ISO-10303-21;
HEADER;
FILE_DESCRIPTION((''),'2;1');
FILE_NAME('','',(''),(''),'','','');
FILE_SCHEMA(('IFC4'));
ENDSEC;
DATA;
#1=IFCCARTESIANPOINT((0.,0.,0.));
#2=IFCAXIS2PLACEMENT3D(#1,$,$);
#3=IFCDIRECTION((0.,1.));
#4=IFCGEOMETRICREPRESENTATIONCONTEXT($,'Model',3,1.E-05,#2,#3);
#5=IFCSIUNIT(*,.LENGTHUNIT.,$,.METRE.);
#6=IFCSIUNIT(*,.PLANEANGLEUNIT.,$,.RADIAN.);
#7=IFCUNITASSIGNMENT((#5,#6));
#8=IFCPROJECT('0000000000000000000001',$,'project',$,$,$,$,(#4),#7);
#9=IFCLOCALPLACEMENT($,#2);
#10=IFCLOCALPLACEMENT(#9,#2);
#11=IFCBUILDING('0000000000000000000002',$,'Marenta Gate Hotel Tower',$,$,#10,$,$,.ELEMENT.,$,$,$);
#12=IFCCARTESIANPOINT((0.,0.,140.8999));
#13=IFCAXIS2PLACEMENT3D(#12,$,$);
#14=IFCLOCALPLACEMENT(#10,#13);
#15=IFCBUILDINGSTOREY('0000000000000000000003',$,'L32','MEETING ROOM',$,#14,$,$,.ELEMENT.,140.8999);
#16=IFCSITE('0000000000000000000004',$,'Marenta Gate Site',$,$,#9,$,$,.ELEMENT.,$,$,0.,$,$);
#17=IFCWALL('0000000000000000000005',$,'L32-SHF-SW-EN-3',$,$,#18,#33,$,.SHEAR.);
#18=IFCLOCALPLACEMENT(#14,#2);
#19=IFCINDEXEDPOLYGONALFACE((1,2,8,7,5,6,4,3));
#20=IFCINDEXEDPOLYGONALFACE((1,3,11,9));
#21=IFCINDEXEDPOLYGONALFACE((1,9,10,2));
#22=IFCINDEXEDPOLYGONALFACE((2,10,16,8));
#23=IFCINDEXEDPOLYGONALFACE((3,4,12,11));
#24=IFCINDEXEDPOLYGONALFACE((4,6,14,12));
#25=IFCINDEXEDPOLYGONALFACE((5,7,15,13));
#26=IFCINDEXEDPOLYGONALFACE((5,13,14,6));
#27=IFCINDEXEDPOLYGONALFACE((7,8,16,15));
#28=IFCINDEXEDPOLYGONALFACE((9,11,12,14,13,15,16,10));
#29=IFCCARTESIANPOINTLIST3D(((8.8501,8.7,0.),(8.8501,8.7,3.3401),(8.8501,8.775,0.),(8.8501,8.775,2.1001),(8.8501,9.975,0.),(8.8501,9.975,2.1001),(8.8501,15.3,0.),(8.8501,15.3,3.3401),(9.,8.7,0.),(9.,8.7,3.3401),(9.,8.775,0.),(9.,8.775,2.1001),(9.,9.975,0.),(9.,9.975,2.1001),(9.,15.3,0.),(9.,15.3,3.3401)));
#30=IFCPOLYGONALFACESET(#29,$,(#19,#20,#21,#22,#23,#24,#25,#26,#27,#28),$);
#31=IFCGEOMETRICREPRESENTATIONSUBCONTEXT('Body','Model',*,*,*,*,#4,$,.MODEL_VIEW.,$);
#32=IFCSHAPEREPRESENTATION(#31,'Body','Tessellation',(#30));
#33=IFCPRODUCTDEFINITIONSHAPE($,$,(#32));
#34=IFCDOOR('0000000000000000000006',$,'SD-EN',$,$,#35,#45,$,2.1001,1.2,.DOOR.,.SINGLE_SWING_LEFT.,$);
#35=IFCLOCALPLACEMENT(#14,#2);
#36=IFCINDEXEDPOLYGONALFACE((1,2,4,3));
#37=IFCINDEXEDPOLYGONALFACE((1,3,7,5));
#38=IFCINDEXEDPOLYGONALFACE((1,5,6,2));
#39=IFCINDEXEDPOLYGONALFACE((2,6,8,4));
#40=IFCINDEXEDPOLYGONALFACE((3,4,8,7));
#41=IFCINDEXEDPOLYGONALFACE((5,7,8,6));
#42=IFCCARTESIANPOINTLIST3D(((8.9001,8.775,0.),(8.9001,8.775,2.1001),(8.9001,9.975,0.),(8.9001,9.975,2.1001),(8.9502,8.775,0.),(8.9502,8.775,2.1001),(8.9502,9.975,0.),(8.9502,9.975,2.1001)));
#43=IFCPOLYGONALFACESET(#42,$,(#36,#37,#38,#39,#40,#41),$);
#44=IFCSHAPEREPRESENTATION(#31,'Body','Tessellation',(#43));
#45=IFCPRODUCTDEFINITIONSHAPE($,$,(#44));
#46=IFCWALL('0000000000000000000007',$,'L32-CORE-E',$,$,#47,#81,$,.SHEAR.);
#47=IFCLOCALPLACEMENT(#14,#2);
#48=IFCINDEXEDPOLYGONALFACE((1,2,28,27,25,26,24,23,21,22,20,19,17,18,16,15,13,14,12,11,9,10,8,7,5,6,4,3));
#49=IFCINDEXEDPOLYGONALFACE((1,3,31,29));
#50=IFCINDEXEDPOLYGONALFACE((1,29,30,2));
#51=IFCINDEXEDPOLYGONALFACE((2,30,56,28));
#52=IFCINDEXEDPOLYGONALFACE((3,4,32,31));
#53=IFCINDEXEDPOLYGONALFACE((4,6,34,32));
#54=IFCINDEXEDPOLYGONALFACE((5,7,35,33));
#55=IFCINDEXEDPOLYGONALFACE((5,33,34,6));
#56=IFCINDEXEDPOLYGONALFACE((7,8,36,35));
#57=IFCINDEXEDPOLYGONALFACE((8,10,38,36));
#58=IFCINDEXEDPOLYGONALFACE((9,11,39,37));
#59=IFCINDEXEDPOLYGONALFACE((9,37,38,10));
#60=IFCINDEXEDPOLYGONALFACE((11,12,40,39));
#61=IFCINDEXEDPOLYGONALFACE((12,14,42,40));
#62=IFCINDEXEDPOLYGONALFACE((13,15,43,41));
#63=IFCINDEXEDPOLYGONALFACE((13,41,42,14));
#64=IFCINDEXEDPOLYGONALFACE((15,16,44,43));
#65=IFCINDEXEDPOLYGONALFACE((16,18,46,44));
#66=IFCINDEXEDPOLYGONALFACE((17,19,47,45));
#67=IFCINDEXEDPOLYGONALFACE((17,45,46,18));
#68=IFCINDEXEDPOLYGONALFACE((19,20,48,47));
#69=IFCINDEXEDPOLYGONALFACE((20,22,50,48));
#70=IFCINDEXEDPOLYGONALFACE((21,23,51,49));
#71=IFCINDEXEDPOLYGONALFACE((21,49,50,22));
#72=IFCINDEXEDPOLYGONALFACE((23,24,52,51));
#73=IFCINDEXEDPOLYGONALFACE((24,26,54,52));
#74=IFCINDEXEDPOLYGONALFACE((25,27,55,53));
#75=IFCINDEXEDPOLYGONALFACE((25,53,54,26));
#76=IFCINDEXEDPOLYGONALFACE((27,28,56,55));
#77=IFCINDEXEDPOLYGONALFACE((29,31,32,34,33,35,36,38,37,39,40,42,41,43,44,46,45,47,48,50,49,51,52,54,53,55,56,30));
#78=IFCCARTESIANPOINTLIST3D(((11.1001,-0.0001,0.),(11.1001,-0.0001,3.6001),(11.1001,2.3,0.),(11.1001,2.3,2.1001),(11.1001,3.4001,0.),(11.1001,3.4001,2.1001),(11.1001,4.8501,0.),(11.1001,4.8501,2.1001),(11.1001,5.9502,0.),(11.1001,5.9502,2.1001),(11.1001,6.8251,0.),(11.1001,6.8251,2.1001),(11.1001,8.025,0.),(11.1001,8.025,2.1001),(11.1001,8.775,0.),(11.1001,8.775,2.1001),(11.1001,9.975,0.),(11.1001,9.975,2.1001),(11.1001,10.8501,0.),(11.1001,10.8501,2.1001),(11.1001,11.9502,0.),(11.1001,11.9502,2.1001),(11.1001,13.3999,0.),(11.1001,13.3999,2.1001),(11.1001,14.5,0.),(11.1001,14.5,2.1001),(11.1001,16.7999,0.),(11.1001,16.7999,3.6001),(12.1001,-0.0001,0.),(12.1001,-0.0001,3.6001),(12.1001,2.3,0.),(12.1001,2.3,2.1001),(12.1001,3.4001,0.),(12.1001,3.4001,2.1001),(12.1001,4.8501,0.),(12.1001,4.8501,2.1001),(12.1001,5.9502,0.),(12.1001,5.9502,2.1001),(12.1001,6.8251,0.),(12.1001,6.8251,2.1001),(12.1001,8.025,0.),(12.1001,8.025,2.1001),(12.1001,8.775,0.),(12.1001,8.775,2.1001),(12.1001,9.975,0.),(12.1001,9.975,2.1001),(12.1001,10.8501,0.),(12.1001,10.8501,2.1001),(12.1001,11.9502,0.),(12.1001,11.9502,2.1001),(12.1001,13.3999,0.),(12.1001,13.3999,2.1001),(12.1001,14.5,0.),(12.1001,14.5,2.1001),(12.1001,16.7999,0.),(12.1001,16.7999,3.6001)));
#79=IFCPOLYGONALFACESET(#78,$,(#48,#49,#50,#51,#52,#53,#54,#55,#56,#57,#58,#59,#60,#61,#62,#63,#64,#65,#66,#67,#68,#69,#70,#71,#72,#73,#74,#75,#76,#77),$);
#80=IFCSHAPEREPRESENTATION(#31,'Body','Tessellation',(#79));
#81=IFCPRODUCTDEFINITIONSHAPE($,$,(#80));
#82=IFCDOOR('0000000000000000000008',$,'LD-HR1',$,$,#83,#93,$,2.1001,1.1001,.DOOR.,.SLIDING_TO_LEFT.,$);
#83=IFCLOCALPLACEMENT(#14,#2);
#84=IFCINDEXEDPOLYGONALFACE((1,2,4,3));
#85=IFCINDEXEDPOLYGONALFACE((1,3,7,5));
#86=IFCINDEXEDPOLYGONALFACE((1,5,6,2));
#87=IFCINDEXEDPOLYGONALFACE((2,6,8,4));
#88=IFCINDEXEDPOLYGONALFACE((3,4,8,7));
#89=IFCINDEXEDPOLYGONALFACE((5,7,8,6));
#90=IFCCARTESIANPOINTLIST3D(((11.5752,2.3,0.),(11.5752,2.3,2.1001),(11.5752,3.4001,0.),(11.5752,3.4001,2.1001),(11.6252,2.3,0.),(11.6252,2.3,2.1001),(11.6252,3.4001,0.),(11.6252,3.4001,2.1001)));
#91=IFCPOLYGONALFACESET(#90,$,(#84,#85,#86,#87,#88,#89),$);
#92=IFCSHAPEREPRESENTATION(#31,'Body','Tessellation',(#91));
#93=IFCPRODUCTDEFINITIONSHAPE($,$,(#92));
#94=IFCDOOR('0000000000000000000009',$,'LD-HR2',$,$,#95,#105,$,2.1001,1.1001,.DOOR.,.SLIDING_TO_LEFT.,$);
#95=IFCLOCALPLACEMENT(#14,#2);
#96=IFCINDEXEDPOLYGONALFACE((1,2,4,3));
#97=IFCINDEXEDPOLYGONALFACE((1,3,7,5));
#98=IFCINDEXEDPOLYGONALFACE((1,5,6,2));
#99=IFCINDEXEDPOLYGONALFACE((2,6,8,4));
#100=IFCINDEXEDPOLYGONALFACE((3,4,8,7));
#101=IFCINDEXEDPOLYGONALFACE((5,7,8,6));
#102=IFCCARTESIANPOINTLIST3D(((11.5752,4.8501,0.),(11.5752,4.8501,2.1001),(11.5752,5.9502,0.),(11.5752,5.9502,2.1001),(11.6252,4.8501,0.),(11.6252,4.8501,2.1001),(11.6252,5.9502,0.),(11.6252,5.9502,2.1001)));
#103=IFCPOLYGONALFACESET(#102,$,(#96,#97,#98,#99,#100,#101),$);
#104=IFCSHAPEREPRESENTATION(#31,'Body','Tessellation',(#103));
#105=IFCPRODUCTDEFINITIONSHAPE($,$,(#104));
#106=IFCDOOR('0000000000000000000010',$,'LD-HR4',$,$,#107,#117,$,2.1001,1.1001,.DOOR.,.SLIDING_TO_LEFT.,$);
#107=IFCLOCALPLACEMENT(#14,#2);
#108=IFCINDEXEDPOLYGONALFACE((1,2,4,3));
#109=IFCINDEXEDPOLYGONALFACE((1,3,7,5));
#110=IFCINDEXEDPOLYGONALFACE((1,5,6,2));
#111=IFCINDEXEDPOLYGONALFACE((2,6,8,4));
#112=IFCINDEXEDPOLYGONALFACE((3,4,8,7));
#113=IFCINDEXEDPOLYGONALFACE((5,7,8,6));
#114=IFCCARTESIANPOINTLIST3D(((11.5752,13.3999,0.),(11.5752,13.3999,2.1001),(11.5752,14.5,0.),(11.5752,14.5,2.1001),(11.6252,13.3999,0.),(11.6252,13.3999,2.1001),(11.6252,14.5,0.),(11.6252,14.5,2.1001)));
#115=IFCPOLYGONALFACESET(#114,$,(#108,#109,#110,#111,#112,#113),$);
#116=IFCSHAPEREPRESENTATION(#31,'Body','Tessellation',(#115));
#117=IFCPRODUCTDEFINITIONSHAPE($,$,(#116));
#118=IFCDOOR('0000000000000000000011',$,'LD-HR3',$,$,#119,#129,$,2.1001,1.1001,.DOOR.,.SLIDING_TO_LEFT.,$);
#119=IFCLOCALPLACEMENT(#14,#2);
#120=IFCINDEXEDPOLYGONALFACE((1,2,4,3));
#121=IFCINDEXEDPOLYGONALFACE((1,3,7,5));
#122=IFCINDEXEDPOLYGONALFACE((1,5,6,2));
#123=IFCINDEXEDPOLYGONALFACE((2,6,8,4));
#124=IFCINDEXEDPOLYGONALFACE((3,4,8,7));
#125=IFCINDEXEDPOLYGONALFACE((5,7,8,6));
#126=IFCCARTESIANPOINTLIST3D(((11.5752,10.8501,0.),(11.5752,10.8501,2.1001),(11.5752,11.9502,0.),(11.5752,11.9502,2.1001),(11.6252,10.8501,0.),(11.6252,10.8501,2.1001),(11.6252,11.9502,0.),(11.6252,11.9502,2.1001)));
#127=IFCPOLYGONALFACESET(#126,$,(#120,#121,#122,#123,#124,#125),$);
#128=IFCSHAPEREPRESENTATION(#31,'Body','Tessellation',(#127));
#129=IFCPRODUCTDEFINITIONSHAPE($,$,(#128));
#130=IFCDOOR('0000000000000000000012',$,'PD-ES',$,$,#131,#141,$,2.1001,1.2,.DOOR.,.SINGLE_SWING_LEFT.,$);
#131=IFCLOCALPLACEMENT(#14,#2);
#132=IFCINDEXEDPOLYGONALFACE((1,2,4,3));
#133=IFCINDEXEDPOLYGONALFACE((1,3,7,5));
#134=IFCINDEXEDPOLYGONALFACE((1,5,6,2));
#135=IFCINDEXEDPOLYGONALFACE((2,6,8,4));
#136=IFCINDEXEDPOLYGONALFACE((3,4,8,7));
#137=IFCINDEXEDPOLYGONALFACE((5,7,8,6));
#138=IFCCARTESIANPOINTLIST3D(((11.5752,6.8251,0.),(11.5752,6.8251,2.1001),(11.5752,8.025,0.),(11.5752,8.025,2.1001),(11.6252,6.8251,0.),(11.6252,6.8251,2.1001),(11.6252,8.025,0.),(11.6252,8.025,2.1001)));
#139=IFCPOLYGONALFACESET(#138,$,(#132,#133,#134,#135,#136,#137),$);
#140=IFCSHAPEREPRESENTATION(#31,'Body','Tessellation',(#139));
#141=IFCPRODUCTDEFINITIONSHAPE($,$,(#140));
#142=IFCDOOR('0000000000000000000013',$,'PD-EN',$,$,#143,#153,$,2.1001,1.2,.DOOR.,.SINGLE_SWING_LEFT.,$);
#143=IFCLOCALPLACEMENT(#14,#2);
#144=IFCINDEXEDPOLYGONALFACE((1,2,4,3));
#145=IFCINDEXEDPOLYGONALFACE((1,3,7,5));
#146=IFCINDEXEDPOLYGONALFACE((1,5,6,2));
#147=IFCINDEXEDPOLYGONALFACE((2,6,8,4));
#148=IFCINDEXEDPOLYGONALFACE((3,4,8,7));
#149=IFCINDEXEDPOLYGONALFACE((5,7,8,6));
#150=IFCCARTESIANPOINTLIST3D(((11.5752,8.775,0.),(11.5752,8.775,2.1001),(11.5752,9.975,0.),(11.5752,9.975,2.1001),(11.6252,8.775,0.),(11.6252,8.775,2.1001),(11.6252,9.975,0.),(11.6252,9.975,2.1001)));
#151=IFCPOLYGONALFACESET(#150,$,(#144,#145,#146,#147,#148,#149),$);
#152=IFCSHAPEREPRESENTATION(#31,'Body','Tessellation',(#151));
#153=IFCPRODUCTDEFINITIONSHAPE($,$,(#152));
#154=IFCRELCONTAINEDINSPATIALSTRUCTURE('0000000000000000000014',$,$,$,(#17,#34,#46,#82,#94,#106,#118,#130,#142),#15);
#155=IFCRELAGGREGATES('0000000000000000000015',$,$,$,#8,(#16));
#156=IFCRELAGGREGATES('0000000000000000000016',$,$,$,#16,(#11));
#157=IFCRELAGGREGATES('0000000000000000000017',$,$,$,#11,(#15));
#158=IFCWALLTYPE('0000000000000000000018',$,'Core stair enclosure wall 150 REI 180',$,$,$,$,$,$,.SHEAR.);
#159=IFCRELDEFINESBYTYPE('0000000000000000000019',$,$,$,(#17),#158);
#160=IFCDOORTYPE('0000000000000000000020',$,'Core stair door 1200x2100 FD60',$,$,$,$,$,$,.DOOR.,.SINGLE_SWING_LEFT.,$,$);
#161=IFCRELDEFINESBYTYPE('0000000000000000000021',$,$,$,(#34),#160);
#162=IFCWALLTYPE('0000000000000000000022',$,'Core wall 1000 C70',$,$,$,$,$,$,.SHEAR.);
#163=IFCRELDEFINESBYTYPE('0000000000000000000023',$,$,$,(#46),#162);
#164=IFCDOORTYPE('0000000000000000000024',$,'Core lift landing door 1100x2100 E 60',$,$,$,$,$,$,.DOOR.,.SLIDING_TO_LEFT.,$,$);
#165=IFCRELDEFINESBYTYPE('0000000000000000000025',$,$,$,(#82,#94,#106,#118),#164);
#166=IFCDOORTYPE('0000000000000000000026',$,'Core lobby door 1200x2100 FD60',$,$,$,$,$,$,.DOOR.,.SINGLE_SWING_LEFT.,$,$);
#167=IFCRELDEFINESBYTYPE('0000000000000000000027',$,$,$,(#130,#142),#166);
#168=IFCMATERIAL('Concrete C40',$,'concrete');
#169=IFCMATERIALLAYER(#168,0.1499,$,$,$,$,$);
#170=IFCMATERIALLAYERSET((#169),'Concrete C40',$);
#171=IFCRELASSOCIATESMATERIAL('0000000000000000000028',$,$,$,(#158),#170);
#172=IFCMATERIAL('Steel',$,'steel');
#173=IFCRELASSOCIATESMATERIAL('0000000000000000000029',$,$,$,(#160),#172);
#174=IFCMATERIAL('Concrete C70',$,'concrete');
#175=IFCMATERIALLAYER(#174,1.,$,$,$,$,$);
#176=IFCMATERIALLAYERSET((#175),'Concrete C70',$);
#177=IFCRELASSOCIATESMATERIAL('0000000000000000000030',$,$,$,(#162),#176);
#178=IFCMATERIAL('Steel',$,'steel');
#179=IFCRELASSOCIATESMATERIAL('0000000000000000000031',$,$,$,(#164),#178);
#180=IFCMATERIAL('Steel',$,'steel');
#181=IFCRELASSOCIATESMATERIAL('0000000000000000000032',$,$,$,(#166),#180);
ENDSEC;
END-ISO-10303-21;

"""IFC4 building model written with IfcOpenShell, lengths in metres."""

from ifc_helpers import new_model, si_unit, direction, frame, frame_2d, origin, place, context, subcontext, project, spatial, rectangle, extrude, material, layer, layer_set, type_object, element, fill, save


model = new_model("IFC4")

# Units and contexts
model_context = context("Model", 3, precision=1e-05, world=origin(), true_north=direction((0.0, 1.0)))
body_context = subcontext(model_context, "Body", "Model", "MODEL_VIEW")
ifc_project = project(units=[si_unit("LENGTHUNIT", "METRE"), si_unit("PLANEANGLEUNIT", "RADIAN")], contexts=[model_context])

# Site, building, storey
site_placement = place(None, origin())
site = spatial("IfcSite", under=ifc_project, at=site_placement, Name="Marenta Gate Site", CompositionType="ELEMENT", RefElevation=0.0)
building_placement = place(site_placement, origin())
building = spatial("IfcBuilding", under=site, at=building_placement, Name="Marenta Gate Hotel Tower", CompositionType="ELEMENT")
storey_placement = place(building_placement, frame((0.0, 0.0, 140.8999)))
storey = spatial("IfcBuildingStorey", under=building, at=storey_placement, Name="L32", Description="MEETING ROOM", CompositionType="ELEMENT", Elevation=140.8999)

# Wall, opening, door
ifc_material_1 = material(Name="Concrete C40", Category="concrete")
ifc_layer_1 = layer(ifc_material_1, 0.1499)
ifc_layer_set_1 = layer_set([ifc_layer_1], Name="Concrete C40")
wall_type_1 = type_object("IfcWallType", Name="Core stair enclosure wall 150 REI 180", PredefinedType="SHEAR", material=ifc_layer_set_1)
ifc_material_2 = material(Name="Steel", Category="steel")
door_type_1 = type_object("IfcDoorType", Name="Core stair door 1200x2100 FD60", OperationType="SINGLE_SWING_LEFT", PredefinedType="DOOR", material=ifc_material_2)
wall_1_placement = place(storey_placement, frame((8.925, 8.7, 0.0), z_axis=(0.0, 0.0, 1.0), x_axis=(0.0, 1.0, 0.0)))
wall_1 = element("IfcWall", 1, at=wall_1_placement, inside=storey, type_object=wall_type_1, Name="L32-SHF-SW-EN-3", PredefinedType="SHEAR", context=body_context, shape_type="SweptSolid", body=[
    extrude(rectangle(XDim=6.6001, YDim=0.1499, at=frame_2d((3.3, 0.0))), origin(), (0.0, 0.0, 1.0), 3.3401),
])
opening_1_placement = place(wall_1_placement, frame((0.075, 0.0, 0.0)))
opening_1 = element("IfcOpeningElement", 2, at=opening_1_placement, cuts=wall_1, PredefinedType="OPENING", context=body_context, shape_type="SweptSolid", body=[
    extrude(rectangle(XDim=1.2, YDim=2.1001, at=frame_2d((0.6001, 1.05))), frame((0.0, 0.075, 0.0), z_axis=(0.0, -1.0, 0.0), x_axis=(1.0, 0.0, 0.0)), (0.0, 0.0, 1.0), 0.1499),
])
door_1_placement = place(opening_1_placement, origin())
door_1 = element("IfcDoor", 3, at=door_1_placement, inside=storey, type_object=door_type_1, Name="SD-EN", OperationType="SINGLE_SWING_LEFT", OverallHeight=2.1001, OverallWidth=1.2, PredefinedType="DOOR", context=body_context, shape_type="SweptSolid", body=[
    extrude(rectangle(XDim=1.2, YDim=2.1001, at=frame_2d((0.6001, 1.05))), frame((0.0, 0.0249, 0.0), z_axis=(0.0, -1.0, 0.0), x_axis=(1.0, 0.0, 0.0)), (0.0, 0.0, 1.0), 0.05),
])
fill(opening_1, door_1)

# Wall, openings, doors
ifc_material_3 = material(Name="Concrete C70", Category="concrete")
ifc_layer_2 = layer(ifc_material_3, 1.0)
ifc_layer_set_2 = layer_set([ifc_layer_2], Name="Concrete C70")
wall_type_2 = type_object("IfcWallType", Name="Core wall 1000 C70", PredefinedType="SHEAR", material=ifc_layer_set_2)
wall_2_placement = place(storey_placement, frame((11.6001, 0.0, 0.0), z_axis=(0.0, 0.0, 1.0), x_axis=(0.0, 1.0, 0.0)))
wall_2 = element("IfcWall", 4, at=wall_2_placement, inside=storey, type_object=wall_type_2, Name="L32-CORE-E", PredefinedType="SHEAR", context=body_context, shape_type="SweptSolid", body=[
    extrude(rectangle(XDim=16.8, YDim=1.0, at=frame_2d((8.3999, 0.0))), origin(), (0.0, 0.0, 1.0), 3.6001),
])
opening_2_placement = place(wall_2_placement, frame((2.3, 0.0, 0.0)))
opening_2 = element("IfcOpeningElement", 5, at=opening_2_placement, cuts=wall_2, PredefinedType="OPENING", context=body_context, shape_type="SweptSolid", body=[
    extrude(rectangle(XDim=1.1001, YDim=2.1001, at=frame_2d((0.55, 1.05))), frame((0.0, 0.5, 0.0), z_axis=(0.0, -1.0, 0.0), x_axis=(1.0, 0.0, 0.0)), (0.0, 0.0, 1.0), 1.0),
])
opening_3_placement = place(wall_2_placement, frame((4.8501, 0.0, 0.0)))
opening_3 = element("IfcOpeningElement", 6, at=opening_3_placement, cuts=wall_2, PredefinedType="OPENING", context=body_context, shape_type="SweptSolid", body=[
    extrude(rectangle(XDim=1.1001, YDim=2.1001, at=frame_2d((0.55, 1.05))), frame((0.0, 0.5, 0.0), z_axis=(0.0, -1.0, 0.0), x_axis=(1.0, 0.0, 0.0)), (0.0, 0.0, 1.0), 1.0),
])
opening_4_placement = place(wall_2_placement, frame((6.825, 0.0, 0.0)))
opening_4 = element("IfcOpeningElement", 7, at=opening_4_placement, cuts=wall_2, PredefinedType="OPENING", context=body_context, shape_type="SweptSolid", body=[
    extrude(rectangle(XDim=1.2, YDim=2.1001, at=frame_2d((0.6001, 1.05))), frame((0.0, 0.5, 0.0), z_axis=(0.0, -1.0, 0.0), x_axis=(1.0, 0.0, 0.0)), (0.0, 0.0, 1.0), 1.0),
])
opening_5_placement = place(wall_2_placement, frame((13.3999, 0.0, 0.0)))
opening_5 = element("IfcOpeningElement", 8, at=opening_5_placement, cuts=wall_2, PredefinedType="OPENING", context=body_context, shape_type="SweptSolid", body=[
    extrude(rectangle(XDim=1.1001, YDim=2.1001, at=frame_2d((0.55, 1.05))), frame((0.0, 0.5, 0.0), z_axis=(0.0, -1.0, 0.0), x_axis=(1.0, 0.0, 0.0)), (0.0, 0.0, 1.0), 1.0),
])
opening_6_placement = place(wall_2_placement, frame((10.8501, 0.0, 0.0)))
opening_6 = element("IfcOpeningElement", 9, at=opening_6_placement, cuts=wall_2, PredefinedType="OPENING", context=body_context, shape_type="SweptSolid", body=[
    extrude(rectangle(XDim=1.1001, YDim=2.1001, at=frame_2d((0.55, 1.05))), frame((0.0, 0.5, 0.0), z_axis=(0.0, -1.0, 0.0), x_axis=(1.0, 0.0, 0.0)), (0.0, 0.0, 1.0), 1.0),
])
opening_7_placement = place(wall_2_placement, frame((8.7749, 0.0, 0.0)))
opening_7 = element("IfcOpeningElement", 10, at=opening_7_placement, cuts=wall_2, PredefinedType="OPENING", context=body_context, shape_type="SweptSolid", body=[
    extrude(rectangle(XDim=1.2, YDim=2.1001, at=frame_2d((0.6001, 1.05))), frame((0.0, 0.5, 0.0), z_axis=(0.0, -1.0, 0.0), x_axis=(1.0, 0.0, 0.0)), (0.0, 0.0, 1.0), 1.0),
])
ifc_material_4 = material(Name="Steel", Category="steel")
door_type_2 = type_object("IfcDoorType", Name="Core lift landing door 1100x2100 E 60", OperationType="SLIDING_TO_LEFT", PredefinedType="DOOR", material=ifc_material_4)
door_2_placement = place(opening_2_placement, origin())
door_2 = element("IfcDoor", 11, at=door_2_placement, inside=storey, type_object=door_type_2, Name="LD-HR1", OperationType="SLIDING_TO_LEFT", OverallHeight=2.1001, OverallWidth=1.1001, PredefinedType="DOOR", context=body_context, shape_type="SweptSolid", body=[
    extrude(rectangle(XDim=1.1001, YDim=2.1001, at=frame_2d((0.55, 1.05))), frame((0.0, 0.0249, 0.0), z_axis=(0.0, -1.0, 0.0), x_axis=(1.0, 0.0, 0.0)), (0.0, 0.0, 1.0), 0.05),
])
fill(opening_2, door_2)
door_3_placement = place(opening_3_placement, origin())
door_3 = element("IfcDoor", 12, at=door_3_placement, inside=storey, type_object=door_type_2, Name="LD-HR2", OperationType="SLIDING_TO_LEFT", OverallHeight=2.1001, OverallWidth=1.1001, PredefinedType="DOOR", context=body_context, shape_type="SweptSolid", body=[
    extrude(rectangle(XDim=1.1001, YDim=2.1001, at=frame_2d((0.55, 1.05))), frame((0.0, 0.0249, 0.0), z_axis=(0.0, -1.0, 0.0), x_axis=(1.0, 0.0, 0.0)), (0.0, 0.0, 1.0), 0.05),
])
fill(opening_3, door_3)
door_4_placement = place(opening_5_placement, origin())
door_4 = element("IfcDoor", 13, at=door_4_placement, inside=storey, type_object=door_type_2, Name="LD-HR4", OperationType="SLIDING_TO_LEFT", OverallHeight=2.1001, OverallWidth=1.1001, PredefinedType="DOOR", context=body_context, shape_type="SweptSolid", body=[
    extrude(rectangle(XDim=1.1001, YDim=2.1001, at=frame_2d((0.55, 1.05))), frame((0.0, 0.0249, 0.0), z_axis=(0.0, -1.0, 0.0), x_axis=(1.0, 0.0, 0.0)), (0.0, 0.0, 1.0), 0.05),
])
fill(opening_5, door_4)
door_5_placement = place(opening_6_placement, origin())
door_5 = element("IfcDoor", 14, at=door_5_placement, inside=storey, type_object=door_type_2, Name="LD-HR3", OperationType="SLIDING_TO_LEFT", OverallHeight=2.1001, OverallWidth=1.1001, PredefinedType="DOOR", context=body_context, shape_type="SweptSolid", body=[
    extrude(rectangle(XDim=1.1001, YDim=2.1001, at=frame_2d((0.55, 1.05))), frame((0.0, 0.0249, 0.0), z_axis=(0.0, -1.0, 0.0), x_axis=(1.0, 0.0, 0.0)), (0.0, 0.0, 1.0), 0.05),
])
fill(opening_6, door_5)
ifc_material_5 = material(Name="Steel", Category="steel")
door_type_3 = type_object("IfcDoorType", Name="Core lobby door 1200x2100 FD60", OperationType="SINGLE_SWING_LEFT", PredefinedType="DOOR", material=ifc_material_5)
door_6_placement = place(opening_4_placement, origin())
door_6 = element("IfcDoor", 15, at=door_6_placement, inside=storey, type_object=door_type_3, Name="PD-ES", OperationType="SINGLE_SWING_LEFT", OverallHeight=2.1001, OverallWidth=1.2, PredefinedType="DOOR", context=body_context, shape_type="SweptSolid", body=[
    extrude(rectangle(XDim=1.2, YDim=2.1001, at=frame_2d((0.6001, 1.05))), frame((0.0, 0.0249, 0.0), z_axis=(0.0, -1.0, 0.0), x_axis=(1.0, 0.0, 0.0)), (0.0, 0.0, 1.0), 0.05),
])
fill(opening_4, door_6)
door_7_placement = place(opening_7_placement, origin())
door_7 = element("IfcDoor", 16, at=door_7_placement, inside=storey, type_object=door_type_3, Name="PD-EN", OperationType="SINGLE_SWING_LEFT", OverallHeight=2.1001, OverallWidth=1.2, PredefinedType="DOOR", context=body_context, shape_type="SweptSolid", body=[
    extrude(rectangle(XDim=1.2, YDim=2.1001, at=frame_2d((0.6001, 1.05))), frame((0.0, 0.0249, 0.0), z_axis=(0.0, -1.0, 0.0), x_axis=(1.0, 0.0, 0.0)), (0.0, 0.0, 1.0), 0.05),
])
fill(opening_7, door_7)

save(model, "model.ifc")
